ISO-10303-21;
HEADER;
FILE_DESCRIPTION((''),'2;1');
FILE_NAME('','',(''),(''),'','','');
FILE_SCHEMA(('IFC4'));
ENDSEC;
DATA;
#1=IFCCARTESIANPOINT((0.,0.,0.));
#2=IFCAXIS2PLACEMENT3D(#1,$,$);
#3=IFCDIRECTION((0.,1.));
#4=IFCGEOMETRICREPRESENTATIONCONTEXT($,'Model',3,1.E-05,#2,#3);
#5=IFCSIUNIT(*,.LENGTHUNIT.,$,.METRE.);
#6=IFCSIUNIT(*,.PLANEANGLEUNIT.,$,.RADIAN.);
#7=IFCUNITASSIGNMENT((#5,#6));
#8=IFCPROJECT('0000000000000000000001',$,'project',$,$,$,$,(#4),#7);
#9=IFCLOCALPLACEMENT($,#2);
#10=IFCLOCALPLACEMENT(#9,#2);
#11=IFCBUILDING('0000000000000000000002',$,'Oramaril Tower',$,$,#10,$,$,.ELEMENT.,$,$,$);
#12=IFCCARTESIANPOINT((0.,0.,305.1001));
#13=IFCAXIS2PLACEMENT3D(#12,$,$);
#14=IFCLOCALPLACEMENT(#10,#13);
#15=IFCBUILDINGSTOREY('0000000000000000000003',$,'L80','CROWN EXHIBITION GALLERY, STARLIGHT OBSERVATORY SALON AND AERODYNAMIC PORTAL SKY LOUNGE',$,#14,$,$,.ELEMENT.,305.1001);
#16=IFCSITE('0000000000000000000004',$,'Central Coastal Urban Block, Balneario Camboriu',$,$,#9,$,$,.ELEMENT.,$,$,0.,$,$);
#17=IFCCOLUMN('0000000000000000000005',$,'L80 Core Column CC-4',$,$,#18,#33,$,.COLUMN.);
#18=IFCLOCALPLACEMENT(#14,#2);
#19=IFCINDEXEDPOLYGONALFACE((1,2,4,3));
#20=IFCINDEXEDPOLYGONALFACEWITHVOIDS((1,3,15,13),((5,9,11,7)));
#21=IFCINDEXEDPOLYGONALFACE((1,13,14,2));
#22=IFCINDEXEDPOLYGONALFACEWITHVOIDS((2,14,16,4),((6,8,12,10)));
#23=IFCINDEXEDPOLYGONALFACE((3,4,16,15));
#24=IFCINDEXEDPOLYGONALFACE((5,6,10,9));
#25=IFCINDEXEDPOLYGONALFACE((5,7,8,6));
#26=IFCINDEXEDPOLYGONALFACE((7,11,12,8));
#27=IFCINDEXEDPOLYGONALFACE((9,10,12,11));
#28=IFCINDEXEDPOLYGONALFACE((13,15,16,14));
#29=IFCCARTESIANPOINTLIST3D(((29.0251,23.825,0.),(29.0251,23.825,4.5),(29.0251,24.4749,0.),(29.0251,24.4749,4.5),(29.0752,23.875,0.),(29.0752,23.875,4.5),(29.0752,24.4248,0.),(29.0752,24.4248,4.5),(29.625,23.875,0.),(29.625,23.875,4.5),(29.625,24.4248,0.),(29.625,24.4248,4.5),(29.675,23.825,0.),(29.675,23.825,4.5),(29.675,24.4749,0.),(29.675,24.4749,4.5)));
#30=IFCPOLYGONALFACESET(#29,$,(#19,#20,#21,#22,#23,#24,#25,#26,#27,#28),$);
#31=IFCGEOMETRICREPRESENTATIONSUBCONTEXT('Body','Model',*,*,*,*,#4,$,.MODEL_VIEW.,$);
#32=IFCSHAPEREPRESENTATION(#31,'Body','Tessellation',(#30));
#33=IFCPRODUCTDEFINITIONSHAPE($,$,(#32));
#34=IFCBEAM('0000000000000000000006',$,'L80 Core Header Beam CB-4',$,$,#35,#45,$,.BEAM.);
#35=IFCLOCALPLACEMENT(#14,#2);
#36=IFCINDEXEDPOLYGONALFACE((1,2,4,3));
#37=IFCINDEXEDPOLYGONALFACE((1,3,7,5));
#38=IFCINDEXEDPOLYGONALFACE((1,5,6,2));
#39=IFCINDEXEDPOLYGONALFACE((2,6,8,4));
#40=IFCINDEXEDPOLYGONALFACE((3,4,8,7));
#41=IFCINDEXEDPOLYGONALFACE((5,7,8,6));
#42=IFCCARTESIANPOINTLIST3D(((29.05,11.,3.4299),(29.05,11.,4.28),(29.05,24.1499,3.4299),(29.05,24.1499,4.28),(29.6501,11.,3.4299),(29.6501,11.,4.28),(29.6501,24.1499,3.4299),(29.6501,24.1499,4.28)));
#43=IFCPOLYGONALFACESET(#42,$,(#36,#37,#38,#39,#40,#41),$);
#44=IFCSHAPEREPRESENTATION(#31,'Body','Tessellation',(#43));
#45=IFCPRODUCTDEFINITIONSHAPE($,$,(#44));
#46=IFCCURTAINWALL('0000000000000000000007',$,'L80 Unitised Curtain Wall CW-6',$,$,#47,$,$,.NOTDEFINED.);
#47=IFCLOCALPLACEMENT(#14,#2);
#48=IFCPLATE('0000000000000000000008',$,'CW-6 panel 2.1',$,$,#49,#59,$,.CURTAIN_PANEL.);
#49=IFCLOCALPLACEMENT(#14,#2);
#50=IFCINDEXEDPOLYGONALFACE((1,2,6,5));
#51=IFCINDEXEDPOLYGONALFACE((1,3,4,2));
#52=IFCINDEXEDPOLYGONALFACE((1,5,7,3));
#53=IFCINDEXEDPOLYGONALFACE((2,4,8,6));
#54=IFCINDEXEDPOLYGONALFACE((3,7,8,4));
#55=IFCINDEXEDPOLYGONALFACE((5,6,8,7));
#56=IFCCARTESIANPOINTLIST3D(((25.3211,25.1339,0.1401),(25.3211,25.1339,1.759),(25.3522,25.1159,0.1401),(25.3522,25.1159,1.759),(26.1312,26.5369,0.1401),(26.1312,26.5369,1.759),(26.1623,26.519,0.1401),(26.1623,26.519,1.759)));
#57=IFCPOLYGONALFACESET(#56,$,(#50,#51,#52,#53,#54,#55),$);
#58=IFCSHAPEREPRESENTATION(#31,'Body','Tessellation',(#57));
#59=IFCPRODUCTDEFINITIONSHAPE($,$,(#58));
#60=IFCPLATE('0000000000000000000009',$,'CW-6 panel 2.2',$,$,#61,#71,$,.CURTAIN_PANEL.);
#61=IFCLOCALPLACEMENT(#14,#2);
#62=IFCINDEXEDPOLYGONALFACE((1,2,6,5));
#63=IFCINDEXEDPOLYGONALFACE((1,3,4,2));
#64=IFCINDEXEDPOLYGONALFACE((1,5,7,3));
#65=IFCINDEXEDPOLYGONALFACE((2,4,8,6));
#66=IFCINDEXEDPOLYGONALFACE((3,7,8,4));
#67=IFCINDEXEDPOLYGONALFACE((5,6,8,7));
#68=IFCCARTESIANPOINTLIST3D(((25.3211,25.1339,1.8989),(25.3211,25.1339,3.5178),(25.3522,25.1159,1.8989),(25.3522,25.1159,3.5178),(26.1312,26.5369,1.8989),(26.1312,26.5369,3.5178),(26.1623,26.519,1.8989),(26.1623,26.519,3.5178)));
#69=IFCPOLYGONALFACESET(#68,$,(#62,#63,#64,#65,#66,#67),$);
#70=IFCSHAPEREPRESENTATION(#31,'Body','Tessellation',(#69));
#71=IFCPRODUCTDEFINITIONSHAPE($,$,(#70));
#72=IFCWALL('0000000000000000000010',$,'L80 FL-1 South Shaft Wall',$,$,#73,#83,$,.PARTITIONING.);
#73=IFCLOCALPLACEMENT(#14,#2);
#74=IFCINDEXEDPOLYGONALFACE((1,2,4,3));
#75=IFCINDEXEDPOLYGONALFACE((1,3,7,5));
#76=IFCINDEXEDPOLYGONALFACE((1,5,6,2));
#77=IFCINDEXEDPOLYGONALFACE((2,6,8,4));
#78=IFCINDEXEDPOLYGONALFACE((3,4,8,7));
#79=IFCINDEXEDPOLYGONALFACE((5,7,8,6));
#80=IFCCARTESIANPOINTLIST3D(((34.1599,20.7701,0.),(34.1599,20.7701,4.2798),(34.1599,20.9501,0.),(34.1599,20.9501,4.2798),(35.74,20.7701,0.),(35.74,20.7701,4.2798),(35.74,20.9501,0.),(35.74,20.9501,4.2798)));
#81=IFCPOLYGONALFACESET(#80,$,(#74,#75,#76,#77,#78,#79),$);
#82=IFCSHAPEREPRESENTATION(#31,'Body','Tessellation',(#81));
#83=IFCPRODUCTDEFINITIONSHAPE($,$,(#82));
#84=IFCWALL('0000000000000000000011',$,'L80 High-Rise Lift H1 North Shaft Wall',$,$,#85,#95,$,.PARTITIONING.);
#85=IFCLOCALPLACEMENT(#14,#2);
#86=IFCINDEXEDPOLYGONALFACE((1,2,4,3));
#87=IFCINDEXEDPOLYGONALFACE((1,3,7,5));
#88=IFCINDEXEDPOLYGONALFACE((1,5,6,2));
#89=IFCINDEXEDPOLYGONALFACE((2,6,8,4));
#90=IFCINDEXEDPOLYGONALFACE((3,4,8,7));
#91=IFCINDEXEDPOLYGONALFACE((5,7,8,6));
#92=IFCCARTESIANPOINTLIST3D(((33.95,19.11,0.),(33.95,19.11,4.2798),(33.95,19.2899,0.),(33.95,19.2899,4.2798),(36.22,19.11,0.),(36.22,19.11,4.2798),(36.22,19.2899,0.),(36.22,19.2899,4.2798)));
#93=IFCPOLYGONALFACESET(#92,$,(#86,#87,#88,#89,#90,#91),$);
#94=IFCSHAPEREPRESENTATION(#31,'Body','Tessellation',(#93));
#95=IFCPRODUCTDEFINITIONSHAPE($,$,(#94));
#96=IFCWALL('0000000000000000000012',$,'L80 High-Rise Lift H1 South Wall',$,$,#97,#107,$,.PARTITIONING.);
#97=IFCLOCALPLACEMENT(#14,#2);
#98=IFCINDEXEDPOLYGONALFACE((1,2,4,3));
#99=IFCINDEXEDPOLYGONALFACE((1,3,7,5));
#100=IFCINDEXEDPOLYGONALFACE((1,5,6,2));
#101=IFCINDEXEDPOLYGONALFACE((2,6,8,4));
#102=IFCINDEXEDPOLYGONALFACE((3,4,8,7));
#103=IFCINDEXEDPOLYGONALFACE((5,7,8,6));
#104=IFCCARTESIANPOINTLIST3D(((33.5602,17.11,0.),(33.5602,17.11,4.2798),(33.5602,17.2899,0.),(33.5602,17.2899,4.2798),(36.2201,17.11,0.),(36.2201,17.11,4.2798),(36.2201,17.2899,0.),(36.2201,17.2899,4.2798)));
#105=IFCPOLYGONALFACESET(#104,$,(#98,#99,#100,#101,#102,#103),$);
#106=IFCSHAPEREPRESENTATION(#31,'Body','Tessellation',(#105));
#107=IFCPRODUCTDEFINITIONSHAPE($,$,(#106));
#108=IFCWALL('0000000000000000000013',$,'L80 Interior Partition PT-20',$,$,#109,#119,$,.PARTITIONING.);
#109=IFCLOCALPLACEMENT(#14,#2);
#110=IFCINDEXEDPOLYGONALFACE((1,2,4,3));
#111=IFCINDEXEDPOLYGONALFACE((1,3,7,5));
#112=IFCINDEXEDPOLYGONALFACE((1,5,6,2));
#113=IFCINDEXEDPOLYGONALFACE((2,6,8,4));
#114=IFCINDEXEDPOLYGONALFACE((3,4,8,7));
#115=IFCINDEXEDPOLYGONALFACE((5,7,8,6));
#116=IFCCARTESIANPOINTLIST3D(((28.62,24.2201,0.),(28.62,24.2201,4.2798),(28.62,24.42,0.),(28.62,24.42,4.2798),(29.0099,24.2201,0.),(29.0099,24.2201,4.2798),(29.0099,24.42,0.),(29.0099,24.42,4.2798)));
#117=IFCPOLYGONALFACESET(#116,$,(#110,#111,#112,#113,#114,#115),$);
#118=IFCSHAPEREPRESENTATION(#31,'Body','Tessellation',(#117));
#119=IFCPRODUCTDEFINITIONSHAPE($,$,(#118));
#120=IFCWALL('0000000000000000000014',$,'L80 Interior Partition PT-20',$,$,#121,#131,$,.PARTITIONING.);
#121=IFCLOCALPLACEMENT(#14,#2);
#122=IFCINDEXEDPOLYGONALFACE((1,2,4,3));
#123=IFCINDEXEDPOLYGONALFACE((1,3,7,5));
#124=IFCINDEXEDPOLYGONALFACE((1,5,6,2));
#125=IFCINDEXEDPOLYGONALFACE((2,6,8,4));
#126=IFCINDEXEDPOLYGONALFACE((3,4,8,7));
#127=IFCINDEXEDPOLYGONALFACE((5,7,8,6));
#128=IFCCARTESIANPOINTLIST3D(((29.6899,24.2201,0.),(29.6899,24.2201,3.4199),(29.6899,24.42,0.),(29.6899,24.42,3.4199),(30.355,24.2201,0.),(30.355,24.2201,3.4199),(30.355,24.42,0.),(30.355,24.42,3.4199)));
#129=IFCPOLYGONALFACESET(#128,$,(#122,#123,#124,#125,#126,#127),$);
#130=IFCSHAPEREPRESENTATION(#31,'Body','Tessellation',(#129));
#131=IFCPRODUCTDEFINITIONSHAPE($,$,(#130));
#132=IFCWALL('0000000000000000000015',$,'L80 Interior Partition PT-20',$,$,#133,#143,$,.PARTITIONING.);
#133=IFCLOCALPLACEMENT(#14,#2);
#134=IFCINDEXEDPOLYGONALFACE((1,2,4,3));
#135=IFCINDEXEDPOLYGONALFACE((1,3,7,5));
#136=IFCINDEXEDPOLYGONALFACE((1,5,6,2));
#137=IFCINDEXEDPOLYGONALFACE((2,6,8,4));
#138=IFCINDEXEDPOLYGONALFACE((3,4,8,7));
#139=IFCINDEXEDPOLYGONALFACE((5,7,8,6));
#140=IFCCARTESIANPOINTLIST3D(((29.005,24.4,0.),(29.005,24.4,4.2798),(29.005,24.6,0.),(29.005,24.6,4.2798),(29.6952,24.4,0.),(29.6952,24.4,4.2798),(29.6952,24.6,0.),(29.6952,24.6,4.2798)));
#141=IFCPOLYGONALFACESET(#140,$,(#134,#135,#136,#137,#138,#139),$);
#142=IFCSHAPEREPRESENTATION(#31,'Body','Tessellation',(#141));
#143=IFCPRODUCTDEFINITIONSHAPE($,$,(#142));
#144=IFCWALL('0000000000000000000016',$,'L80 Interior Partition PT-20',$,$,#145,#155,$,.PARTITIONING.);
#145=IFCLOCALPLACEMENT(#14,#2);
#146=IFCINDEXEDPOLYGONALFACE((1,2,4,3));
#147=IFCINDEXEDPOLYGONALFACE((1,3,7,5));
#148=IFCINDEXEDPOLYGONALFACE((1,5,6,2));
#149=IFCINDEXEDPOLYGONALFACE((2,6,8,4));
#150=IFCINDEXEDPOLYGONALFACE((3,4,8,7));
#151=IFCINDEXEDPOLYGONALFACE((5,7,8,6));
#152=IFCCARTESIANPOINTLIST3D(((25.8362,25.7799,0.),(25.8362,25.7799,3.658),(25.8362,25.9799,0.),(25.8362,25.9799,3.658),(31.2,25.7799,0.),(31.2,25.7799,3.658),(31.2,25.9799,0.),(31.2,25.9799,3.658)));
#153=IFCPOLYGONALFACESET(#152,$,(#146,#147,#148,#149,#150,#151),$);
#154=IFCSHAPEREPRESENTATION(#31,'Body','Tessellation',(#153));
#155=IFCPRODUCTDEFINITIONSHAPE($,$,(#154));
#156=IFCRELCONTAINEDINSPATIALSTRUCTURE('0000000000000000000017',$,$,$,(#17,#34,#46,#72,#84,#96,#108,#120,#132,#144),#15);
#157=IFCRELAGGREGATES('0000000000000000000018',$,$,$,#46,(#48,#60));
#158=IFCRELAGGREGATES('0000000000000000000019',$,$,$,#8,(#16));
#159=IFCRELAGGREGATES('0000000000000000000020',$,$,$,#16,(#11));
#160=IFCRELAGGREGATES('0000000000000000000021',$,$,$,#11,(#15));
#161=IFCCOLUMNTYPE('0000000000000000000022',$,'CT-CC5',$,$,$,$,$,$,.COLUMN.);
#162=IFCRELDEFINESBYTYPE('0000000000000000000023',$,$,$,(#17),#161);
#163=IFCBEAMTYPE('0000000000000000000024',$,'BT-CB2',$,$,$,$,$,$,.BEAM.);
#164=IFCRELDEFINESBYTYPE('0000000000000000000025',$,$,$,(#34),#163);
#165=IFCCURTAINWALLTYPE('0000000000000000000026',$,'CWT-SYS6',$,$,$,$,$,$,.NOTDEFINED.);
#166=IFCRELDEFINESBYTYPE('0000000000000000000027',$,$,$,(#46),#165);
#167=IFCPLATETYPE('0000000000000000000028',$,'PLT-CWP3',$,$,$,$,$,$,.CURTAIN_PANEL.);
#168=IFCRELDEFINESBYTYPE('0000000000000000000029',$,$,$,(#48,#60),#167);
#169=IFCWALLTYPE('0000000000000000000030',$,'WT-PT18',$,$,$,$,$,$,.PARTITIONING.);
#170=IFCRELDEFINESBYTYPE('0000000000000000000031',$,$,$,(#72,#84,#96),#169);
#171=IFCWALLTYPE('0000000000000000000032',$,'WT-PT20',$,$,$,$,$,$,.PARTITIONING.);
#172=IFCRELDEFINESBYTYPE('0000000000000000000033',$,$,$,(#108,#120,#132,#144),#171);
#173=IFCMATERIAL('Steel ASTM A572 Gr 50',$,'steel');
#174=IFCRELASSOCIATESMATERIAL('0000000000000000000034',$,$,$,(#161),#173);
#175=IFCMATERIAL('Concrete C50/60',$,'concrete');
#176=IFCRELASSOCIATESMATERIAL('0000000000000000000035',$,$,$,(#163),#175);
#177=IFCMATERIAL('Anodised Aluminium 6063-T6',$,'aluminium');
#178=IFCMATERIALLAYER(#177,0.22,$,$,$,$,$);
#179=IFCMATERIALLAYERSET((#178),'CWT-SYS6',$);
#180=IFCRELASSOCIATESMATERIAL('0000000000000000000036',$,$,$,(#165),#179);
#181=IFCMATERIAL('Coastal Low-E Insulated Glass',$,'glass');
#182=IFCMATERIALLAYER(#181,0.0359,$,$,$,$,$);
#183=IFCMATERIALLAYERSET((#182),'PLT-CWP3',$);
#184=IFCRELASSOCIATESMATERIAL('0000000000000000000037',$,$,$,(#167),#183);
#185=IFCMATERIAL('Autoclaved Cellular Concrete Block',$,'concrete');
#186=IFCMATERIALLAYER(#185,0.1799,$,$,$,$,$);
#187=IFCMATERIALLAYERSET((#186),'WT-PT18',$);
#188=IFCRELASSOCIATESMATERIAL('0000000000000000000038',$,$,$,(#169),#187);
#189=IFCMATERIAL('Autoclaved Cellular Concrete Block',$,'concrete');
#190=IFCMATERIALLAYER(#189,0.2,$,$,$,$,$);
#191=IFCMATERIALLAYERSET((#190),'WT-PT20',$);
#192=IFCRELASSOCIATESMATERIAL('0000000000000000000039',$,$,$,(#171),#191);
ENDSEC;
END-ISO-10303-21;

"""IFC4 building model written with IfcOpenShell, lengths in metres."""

from ifc_helpers import new_model, si_unit, direction, frame, frame_2d, origin, origin_2d, place, context, subcontext, project, spatial, rectangle, hollow_rectangle, extrude, material, layer, layer_set, material_profile, profile_set, type_object, element, aggregate, save


model = new_model("IFC4")

# Units and contexts
model_context = context("Model", 3, precision=1e-05, world=origin(), true_north=direction((0.0, 1.0)))
body_context = subcontext(model_context, "Body", "Model", "MODEL_VIEW")
ifc_project = project(units=[si_unit("LENGTHUNIT", "METRE"), si_unit("PLANEANGLEUNIT", "RADIAN")], contexts=[model_context])

# Site, building, storey
site_placement = place(None, origin())
site = spatial("IfcSite", under=ifc_project, at=site_placement, Name="Central Coastal Urban Block, Balneario Camboriu", CompositionType="ELEMENT", RefElevation=0.0)
building_placement = place(site_placement, origin())
building = spatial("IfcBuilding", under=site, at=building_placement, Name="Oramaril Tower", CompositionType="ELEMENT")
storey_placement = place(building_placement, frame((0.0, 0.0, 305.1001)))
storey = spatial("IfcBuildingStorey", under=building, at=storey_placement, Name="L80", Description="CROWN EXHIBITION GALLERY, STARLIGHT OBSERVATORY SALON AND AERODYNAMIC PORTAL SKY LOUNGE", CompositionType="ELEMENT", Elevation=305.1001)

# Column
ifc_material_1 = material(Name="Steel ASTM A572 Gr 50", Category="steel")
ifc_material_profile_1 = material_profile(ifc_material_1, hollow_rectangle(XDim=0.6499, YDim=0.6499, WallThickness=0.05, at=origin_2d()), Name="BOX650X650X50")
ifc_profile_set_1 = profile_set([ifc_material_profile_1], Name="Steel ASTM A572 Gr 50")
column_type = type_object("IfcColumnType", Name="CT-CC5", PredefinedType="COLUMN", material=ifc_profile_set_1)
column_placement = place(storey_placement, frame((29.3501, 24.1499, 0.0), z_axis=(0.0, 0.0, 1.0), x_axis=(1.0, 0.0, 0.0)))
element("IfcColumn", 1, at=column_placement, inside=storey, type_object=column_type, Name="L80 Core Column CC-4", PredefinedType="COLUMN", context=body_context, shape_type="SweptSolid", body=[
    extrude(hollow_rectangle(XDim=0.6499, YDim=0.6499, WallThickness=0.05, at=origin_2d()), origin(), (0.0, 0.0, 1.0), 4.5),
])

# Beam
ifc_material_2 = material(Name="Concrete C50/60", Category="concrete")
ifc_material_profile_2 = material_profile(ifc_material_2, rectangle(XDim=0.6001, YDim=0.8501, at=origin_2d()), Name="CB600X850")
ifc_profile_set_2 = profile_set([ifc_material_profile_2], Name="Concrete C50/60")
beam_type = type_object("IfcBeamType", Name="BT-CB2", PredefinedType="BEAM", material=ifc_profile_set_2)
beam_placement = place(storey_placement, frame((29.3501, 24.1499, 3.855), z_axis=(0.0, -1.0, 0.0), x_axis=(1.0, 0.0, 0.0)))
element("IfcBeam", 2, at=beam_placement, inside=storey, type_object=beam_type, Name="L80 Core Header Beam CB-4", PredefinedType="BEAM", context=body_context, shape_type="SweptSolid", body=[
    extrude(rectangle(XDim=0.6001, YDim=0.8501, at=origin_2d()), origin(), (0.0, 0.0, 1.0), 13.1499),
])

# Curtain wall, plates
ifc_material_3 = material(Name="Anodised Aluminium 6063-T6", Category="aluminium")
ifc_layer_1 = layer(ifc_material_3, 0.22)
ifc_layer_set_1 = layer_set([ifc_layer_1], Name="CWT-SYS6")
curtain_wall_type = type_object("IfcCurtainWallType", Name="CWT-SYS6", PredefinedType="NOTDEFINED", material=ifc_layer_set_1)
curtain_wall_placement = place(storey_placement, origin())
curtain_wall = element("IfcCurtainWall", 3, at=curtain_wall_placement, inside=storey, type_object=curtain_wall_type, Name="L80 Unitised Curtain Wall CW-6", PredefinedType="NOTDEFINED")
ifc_material_4 = material(Name="Coastal Low-E Insulated Glass", Category="glass")
ifc_layer_2 = layer(ifc_material_4, 0.0359)
ifc_layer_set_2 = layer_set([ifc_layer_2], Name="PLT-CWP3")
plate_type = type_object("IfcPlateType", Name="PLT-CWP3", PredefinedType="CURTAIN_PANEL", material=ifc_layer_set_2)
plate_1_placement = place(storey_placement, frame((25.7417, 25.8264, 0.1401), z_axis=(0.0, 0.0, 1.0), x_axis=(-0.5, -0.866025, 0.0)))
plate_1 = element("IfcPlate", 4, at=plate_1_placement, type_object=plate_type, Name="CW-6 panel 2.1", PredefinedType="CURTAIN_PANEL", context=body_context, shape_type="SweptSolid", body=[
    extrude(rectangle(XDim=1.6201, YDim=0.0359, at=origin_2d()), origin(), (0.0, 0.0, 1.0), 1.6189),
])
plate_2_placement = place(storey_placement, frame((25.7417, 25.8264, 1.8989), z_axis=(0.0, 0.0, 1.0), x_axis=(-0.5, -0.866025, 0.0)))
plate_2 = element("IfcPlate", 5, at=plate_2_placement, type_object=plate_type, Name="CW-6 panel 2.2", PredefinedType="CURTAIN_PANEL", context=body_context, shape_type="SweptSolid", body=[
    extrude(rectangle(XDim=1.6201, YDim=0.0359, at=origin_2d()), origin(), (0.0, 0.0, 1.0), 1.6189),
])
aggregate(curtain_wall, [plate_1, plate_2])

# Walls
ifc_material_5 = material(Name="Autoclaved Cellular Concrete Block", Category="concrete")
ifc_layer_3 = layer(ifc_material_5, 0.1799)
ifc_layer_set_3 = layer_set([ifc_layer_3], Name="WT-PT18")
wall_type_1 = type_object("IfcWallType", Name="WT-PT18", PredefinedType="PARTITIONING", material=ifc_layer_set_3)
wall_1_placement = place(storey_placement, frame((34.1599, 20.8601, 0.0), z_axis=(0.0, 0.0, 1.0), x_axis=(1.0, 0.0, 0.0)))
element("IfcWall", 6, at=wall_1_placement, inside=storey, type_object=wall_type_1, Name="L80 FL-1 South Shaft Wall", PredefinedType="PARTITIONING", context=body_context, shape_type="SweptSolid", body=[
    extrude(rectangle(XDim=1.5801, YDim=0.1799, at=frame_2d((0.79, 0.0))), origin(), (0.0, 0.0, 1.0), 4.2798),
])
wall_2_placement = place(storey_placement, frame((33.95, 19.2, 0.0), z_axis=(0.0, 0.0, 1.0), x_axis=(1.0, 0.0, 0.0)))
element("IfcWall", 7, at=wall_2_placement, inside=storey, type_object=wall_type_1, Name="L80 High-Rise Lift H1 North Shaft Wall", PredefinedType="PARTITIONING", context=body_context, shape_type="SweptSolid", body=[
    extrude(rectangle(XDim=2.27, YDim=0.1799, at=frame_2d((1.135, 0.0))), origin(), (0.0, 0.0, 1.0), 4.2798),
])
wall_3_placement = place(storey_placement, frame((33.5601, 17.2, 0.0), z_axis=(0.0, 0.0, 1.0), x_axis=(1.0, 0.0, 0.0)))
element("IfcWall", 8, at=wall_3_placement, inside=storey, type_object=wall_type_1, Name="L80 High-Rise Lift H1 South Wall", PredefinedType="PARTITIONING", context=body_context, shape_type="SweptSolid", body=[
    extrude(rectangle(XDim=2.6599, YDim=0.1799, at=frame_2d((1.3301, 0.0))), origin(), (0.0, 0.0, 1.0), 4.2798),
])
ifc_material_6 = material(Name="Autoclaved Cellular Concrete Block", Category="concrete")
ifc_layer_4 = layer(ifc_material_6, 0.2)
ifc_layer_set_4 = layer_set([ifc_layer_4], Name="WT-PT20")
wall_type_2 = type_object("IfcWallType", Name="WT-PT20", PredefinedType="PARTITIONING", material=ifc_layer_set_4)
wall_4_placement = place(storey_placement, frame((28.6201, 24.3201, 0.0), z_axis=(0.0, 0.0, 1.0), x_axis=(1.0, 0.0, 0.0)))
element("IfcWall", 9, at=wall_4_placement, inside=storey, type_object=wall_type_2, Name="L80 Interior Partition PT-20", PredefinedType="PARTITIONING", context=body_context, shape_type="SweptSolid", body=[
    extrude(rectangle(XDim=0.3899, YDim=0.2, at=frame_2d((0.1948, 0.0))), origin(), (0.0, 0.0, 1.0), 4.2798),
])
wall_5_placement = place(storey_placement, frame((29.6899, 24.3201, 0.0), z_axis=(0.0, 0.0, 1.0), x_axis=(1.0, 0.0, 0.0)))
element("IfcWall", 10, at=wall_5_placement, inside=storey, type_object=wall_type_2, Name="L80 Interior Partition PT-20", PredefinedType="PARTITIONING", context=body_context, shape_type="SweptSolid", body=[
    extrude(rectangle(XDim=0.665, YDim=0.2, at=frame_2d((0.3325, 0.0))), origin(), (0.0, 0.0, 1.0), 3.4199),
])
wall_6_placement = place(storey_placement, frame((29.0049, 24.5, 0.0), z_axis=(0.0, 0.0, 1.0), x_axis=(1.0, 0.0, 0.0)))
element("IfcWall", 11, at=wall_6_placement, inside=storey, type_object=wall_type_2, Name="L80 Interior Partition PT-20", PredefinedType="PARTITIONING", context=body_context, shape_type="SweptSolid", body=[
    extrude(rectangle(XDim=0.6902, YDim=0.2, at=frame_2d((0.3452, 0.0))), origin(), (0.0, 0.0, 1.0), 4.2798),
])
wall_7_placement = place(storey_placement, frame((25.8362, 25.8799, 0.0), z_axis=(0.0, 0.0, 1.0), x_axis=(1.0, 0.0, 0.0)))
element("IfcWall", 12, at=wall_7_placement, inside=storey, type_object=wall_type_2, Name="L80 Interior Partition PT-20", PredefinedType="PARTITIONING", context=body_context, shape_type="SweptSolid", body=[
    extrude(rectangle(XDim=5.3638, YDim=0.2, at=frame_2d((2.6819, 0.0))), origin(), (0.0, 0.0, 1.0), 3.658),
])

save(model, "model.ifc")
